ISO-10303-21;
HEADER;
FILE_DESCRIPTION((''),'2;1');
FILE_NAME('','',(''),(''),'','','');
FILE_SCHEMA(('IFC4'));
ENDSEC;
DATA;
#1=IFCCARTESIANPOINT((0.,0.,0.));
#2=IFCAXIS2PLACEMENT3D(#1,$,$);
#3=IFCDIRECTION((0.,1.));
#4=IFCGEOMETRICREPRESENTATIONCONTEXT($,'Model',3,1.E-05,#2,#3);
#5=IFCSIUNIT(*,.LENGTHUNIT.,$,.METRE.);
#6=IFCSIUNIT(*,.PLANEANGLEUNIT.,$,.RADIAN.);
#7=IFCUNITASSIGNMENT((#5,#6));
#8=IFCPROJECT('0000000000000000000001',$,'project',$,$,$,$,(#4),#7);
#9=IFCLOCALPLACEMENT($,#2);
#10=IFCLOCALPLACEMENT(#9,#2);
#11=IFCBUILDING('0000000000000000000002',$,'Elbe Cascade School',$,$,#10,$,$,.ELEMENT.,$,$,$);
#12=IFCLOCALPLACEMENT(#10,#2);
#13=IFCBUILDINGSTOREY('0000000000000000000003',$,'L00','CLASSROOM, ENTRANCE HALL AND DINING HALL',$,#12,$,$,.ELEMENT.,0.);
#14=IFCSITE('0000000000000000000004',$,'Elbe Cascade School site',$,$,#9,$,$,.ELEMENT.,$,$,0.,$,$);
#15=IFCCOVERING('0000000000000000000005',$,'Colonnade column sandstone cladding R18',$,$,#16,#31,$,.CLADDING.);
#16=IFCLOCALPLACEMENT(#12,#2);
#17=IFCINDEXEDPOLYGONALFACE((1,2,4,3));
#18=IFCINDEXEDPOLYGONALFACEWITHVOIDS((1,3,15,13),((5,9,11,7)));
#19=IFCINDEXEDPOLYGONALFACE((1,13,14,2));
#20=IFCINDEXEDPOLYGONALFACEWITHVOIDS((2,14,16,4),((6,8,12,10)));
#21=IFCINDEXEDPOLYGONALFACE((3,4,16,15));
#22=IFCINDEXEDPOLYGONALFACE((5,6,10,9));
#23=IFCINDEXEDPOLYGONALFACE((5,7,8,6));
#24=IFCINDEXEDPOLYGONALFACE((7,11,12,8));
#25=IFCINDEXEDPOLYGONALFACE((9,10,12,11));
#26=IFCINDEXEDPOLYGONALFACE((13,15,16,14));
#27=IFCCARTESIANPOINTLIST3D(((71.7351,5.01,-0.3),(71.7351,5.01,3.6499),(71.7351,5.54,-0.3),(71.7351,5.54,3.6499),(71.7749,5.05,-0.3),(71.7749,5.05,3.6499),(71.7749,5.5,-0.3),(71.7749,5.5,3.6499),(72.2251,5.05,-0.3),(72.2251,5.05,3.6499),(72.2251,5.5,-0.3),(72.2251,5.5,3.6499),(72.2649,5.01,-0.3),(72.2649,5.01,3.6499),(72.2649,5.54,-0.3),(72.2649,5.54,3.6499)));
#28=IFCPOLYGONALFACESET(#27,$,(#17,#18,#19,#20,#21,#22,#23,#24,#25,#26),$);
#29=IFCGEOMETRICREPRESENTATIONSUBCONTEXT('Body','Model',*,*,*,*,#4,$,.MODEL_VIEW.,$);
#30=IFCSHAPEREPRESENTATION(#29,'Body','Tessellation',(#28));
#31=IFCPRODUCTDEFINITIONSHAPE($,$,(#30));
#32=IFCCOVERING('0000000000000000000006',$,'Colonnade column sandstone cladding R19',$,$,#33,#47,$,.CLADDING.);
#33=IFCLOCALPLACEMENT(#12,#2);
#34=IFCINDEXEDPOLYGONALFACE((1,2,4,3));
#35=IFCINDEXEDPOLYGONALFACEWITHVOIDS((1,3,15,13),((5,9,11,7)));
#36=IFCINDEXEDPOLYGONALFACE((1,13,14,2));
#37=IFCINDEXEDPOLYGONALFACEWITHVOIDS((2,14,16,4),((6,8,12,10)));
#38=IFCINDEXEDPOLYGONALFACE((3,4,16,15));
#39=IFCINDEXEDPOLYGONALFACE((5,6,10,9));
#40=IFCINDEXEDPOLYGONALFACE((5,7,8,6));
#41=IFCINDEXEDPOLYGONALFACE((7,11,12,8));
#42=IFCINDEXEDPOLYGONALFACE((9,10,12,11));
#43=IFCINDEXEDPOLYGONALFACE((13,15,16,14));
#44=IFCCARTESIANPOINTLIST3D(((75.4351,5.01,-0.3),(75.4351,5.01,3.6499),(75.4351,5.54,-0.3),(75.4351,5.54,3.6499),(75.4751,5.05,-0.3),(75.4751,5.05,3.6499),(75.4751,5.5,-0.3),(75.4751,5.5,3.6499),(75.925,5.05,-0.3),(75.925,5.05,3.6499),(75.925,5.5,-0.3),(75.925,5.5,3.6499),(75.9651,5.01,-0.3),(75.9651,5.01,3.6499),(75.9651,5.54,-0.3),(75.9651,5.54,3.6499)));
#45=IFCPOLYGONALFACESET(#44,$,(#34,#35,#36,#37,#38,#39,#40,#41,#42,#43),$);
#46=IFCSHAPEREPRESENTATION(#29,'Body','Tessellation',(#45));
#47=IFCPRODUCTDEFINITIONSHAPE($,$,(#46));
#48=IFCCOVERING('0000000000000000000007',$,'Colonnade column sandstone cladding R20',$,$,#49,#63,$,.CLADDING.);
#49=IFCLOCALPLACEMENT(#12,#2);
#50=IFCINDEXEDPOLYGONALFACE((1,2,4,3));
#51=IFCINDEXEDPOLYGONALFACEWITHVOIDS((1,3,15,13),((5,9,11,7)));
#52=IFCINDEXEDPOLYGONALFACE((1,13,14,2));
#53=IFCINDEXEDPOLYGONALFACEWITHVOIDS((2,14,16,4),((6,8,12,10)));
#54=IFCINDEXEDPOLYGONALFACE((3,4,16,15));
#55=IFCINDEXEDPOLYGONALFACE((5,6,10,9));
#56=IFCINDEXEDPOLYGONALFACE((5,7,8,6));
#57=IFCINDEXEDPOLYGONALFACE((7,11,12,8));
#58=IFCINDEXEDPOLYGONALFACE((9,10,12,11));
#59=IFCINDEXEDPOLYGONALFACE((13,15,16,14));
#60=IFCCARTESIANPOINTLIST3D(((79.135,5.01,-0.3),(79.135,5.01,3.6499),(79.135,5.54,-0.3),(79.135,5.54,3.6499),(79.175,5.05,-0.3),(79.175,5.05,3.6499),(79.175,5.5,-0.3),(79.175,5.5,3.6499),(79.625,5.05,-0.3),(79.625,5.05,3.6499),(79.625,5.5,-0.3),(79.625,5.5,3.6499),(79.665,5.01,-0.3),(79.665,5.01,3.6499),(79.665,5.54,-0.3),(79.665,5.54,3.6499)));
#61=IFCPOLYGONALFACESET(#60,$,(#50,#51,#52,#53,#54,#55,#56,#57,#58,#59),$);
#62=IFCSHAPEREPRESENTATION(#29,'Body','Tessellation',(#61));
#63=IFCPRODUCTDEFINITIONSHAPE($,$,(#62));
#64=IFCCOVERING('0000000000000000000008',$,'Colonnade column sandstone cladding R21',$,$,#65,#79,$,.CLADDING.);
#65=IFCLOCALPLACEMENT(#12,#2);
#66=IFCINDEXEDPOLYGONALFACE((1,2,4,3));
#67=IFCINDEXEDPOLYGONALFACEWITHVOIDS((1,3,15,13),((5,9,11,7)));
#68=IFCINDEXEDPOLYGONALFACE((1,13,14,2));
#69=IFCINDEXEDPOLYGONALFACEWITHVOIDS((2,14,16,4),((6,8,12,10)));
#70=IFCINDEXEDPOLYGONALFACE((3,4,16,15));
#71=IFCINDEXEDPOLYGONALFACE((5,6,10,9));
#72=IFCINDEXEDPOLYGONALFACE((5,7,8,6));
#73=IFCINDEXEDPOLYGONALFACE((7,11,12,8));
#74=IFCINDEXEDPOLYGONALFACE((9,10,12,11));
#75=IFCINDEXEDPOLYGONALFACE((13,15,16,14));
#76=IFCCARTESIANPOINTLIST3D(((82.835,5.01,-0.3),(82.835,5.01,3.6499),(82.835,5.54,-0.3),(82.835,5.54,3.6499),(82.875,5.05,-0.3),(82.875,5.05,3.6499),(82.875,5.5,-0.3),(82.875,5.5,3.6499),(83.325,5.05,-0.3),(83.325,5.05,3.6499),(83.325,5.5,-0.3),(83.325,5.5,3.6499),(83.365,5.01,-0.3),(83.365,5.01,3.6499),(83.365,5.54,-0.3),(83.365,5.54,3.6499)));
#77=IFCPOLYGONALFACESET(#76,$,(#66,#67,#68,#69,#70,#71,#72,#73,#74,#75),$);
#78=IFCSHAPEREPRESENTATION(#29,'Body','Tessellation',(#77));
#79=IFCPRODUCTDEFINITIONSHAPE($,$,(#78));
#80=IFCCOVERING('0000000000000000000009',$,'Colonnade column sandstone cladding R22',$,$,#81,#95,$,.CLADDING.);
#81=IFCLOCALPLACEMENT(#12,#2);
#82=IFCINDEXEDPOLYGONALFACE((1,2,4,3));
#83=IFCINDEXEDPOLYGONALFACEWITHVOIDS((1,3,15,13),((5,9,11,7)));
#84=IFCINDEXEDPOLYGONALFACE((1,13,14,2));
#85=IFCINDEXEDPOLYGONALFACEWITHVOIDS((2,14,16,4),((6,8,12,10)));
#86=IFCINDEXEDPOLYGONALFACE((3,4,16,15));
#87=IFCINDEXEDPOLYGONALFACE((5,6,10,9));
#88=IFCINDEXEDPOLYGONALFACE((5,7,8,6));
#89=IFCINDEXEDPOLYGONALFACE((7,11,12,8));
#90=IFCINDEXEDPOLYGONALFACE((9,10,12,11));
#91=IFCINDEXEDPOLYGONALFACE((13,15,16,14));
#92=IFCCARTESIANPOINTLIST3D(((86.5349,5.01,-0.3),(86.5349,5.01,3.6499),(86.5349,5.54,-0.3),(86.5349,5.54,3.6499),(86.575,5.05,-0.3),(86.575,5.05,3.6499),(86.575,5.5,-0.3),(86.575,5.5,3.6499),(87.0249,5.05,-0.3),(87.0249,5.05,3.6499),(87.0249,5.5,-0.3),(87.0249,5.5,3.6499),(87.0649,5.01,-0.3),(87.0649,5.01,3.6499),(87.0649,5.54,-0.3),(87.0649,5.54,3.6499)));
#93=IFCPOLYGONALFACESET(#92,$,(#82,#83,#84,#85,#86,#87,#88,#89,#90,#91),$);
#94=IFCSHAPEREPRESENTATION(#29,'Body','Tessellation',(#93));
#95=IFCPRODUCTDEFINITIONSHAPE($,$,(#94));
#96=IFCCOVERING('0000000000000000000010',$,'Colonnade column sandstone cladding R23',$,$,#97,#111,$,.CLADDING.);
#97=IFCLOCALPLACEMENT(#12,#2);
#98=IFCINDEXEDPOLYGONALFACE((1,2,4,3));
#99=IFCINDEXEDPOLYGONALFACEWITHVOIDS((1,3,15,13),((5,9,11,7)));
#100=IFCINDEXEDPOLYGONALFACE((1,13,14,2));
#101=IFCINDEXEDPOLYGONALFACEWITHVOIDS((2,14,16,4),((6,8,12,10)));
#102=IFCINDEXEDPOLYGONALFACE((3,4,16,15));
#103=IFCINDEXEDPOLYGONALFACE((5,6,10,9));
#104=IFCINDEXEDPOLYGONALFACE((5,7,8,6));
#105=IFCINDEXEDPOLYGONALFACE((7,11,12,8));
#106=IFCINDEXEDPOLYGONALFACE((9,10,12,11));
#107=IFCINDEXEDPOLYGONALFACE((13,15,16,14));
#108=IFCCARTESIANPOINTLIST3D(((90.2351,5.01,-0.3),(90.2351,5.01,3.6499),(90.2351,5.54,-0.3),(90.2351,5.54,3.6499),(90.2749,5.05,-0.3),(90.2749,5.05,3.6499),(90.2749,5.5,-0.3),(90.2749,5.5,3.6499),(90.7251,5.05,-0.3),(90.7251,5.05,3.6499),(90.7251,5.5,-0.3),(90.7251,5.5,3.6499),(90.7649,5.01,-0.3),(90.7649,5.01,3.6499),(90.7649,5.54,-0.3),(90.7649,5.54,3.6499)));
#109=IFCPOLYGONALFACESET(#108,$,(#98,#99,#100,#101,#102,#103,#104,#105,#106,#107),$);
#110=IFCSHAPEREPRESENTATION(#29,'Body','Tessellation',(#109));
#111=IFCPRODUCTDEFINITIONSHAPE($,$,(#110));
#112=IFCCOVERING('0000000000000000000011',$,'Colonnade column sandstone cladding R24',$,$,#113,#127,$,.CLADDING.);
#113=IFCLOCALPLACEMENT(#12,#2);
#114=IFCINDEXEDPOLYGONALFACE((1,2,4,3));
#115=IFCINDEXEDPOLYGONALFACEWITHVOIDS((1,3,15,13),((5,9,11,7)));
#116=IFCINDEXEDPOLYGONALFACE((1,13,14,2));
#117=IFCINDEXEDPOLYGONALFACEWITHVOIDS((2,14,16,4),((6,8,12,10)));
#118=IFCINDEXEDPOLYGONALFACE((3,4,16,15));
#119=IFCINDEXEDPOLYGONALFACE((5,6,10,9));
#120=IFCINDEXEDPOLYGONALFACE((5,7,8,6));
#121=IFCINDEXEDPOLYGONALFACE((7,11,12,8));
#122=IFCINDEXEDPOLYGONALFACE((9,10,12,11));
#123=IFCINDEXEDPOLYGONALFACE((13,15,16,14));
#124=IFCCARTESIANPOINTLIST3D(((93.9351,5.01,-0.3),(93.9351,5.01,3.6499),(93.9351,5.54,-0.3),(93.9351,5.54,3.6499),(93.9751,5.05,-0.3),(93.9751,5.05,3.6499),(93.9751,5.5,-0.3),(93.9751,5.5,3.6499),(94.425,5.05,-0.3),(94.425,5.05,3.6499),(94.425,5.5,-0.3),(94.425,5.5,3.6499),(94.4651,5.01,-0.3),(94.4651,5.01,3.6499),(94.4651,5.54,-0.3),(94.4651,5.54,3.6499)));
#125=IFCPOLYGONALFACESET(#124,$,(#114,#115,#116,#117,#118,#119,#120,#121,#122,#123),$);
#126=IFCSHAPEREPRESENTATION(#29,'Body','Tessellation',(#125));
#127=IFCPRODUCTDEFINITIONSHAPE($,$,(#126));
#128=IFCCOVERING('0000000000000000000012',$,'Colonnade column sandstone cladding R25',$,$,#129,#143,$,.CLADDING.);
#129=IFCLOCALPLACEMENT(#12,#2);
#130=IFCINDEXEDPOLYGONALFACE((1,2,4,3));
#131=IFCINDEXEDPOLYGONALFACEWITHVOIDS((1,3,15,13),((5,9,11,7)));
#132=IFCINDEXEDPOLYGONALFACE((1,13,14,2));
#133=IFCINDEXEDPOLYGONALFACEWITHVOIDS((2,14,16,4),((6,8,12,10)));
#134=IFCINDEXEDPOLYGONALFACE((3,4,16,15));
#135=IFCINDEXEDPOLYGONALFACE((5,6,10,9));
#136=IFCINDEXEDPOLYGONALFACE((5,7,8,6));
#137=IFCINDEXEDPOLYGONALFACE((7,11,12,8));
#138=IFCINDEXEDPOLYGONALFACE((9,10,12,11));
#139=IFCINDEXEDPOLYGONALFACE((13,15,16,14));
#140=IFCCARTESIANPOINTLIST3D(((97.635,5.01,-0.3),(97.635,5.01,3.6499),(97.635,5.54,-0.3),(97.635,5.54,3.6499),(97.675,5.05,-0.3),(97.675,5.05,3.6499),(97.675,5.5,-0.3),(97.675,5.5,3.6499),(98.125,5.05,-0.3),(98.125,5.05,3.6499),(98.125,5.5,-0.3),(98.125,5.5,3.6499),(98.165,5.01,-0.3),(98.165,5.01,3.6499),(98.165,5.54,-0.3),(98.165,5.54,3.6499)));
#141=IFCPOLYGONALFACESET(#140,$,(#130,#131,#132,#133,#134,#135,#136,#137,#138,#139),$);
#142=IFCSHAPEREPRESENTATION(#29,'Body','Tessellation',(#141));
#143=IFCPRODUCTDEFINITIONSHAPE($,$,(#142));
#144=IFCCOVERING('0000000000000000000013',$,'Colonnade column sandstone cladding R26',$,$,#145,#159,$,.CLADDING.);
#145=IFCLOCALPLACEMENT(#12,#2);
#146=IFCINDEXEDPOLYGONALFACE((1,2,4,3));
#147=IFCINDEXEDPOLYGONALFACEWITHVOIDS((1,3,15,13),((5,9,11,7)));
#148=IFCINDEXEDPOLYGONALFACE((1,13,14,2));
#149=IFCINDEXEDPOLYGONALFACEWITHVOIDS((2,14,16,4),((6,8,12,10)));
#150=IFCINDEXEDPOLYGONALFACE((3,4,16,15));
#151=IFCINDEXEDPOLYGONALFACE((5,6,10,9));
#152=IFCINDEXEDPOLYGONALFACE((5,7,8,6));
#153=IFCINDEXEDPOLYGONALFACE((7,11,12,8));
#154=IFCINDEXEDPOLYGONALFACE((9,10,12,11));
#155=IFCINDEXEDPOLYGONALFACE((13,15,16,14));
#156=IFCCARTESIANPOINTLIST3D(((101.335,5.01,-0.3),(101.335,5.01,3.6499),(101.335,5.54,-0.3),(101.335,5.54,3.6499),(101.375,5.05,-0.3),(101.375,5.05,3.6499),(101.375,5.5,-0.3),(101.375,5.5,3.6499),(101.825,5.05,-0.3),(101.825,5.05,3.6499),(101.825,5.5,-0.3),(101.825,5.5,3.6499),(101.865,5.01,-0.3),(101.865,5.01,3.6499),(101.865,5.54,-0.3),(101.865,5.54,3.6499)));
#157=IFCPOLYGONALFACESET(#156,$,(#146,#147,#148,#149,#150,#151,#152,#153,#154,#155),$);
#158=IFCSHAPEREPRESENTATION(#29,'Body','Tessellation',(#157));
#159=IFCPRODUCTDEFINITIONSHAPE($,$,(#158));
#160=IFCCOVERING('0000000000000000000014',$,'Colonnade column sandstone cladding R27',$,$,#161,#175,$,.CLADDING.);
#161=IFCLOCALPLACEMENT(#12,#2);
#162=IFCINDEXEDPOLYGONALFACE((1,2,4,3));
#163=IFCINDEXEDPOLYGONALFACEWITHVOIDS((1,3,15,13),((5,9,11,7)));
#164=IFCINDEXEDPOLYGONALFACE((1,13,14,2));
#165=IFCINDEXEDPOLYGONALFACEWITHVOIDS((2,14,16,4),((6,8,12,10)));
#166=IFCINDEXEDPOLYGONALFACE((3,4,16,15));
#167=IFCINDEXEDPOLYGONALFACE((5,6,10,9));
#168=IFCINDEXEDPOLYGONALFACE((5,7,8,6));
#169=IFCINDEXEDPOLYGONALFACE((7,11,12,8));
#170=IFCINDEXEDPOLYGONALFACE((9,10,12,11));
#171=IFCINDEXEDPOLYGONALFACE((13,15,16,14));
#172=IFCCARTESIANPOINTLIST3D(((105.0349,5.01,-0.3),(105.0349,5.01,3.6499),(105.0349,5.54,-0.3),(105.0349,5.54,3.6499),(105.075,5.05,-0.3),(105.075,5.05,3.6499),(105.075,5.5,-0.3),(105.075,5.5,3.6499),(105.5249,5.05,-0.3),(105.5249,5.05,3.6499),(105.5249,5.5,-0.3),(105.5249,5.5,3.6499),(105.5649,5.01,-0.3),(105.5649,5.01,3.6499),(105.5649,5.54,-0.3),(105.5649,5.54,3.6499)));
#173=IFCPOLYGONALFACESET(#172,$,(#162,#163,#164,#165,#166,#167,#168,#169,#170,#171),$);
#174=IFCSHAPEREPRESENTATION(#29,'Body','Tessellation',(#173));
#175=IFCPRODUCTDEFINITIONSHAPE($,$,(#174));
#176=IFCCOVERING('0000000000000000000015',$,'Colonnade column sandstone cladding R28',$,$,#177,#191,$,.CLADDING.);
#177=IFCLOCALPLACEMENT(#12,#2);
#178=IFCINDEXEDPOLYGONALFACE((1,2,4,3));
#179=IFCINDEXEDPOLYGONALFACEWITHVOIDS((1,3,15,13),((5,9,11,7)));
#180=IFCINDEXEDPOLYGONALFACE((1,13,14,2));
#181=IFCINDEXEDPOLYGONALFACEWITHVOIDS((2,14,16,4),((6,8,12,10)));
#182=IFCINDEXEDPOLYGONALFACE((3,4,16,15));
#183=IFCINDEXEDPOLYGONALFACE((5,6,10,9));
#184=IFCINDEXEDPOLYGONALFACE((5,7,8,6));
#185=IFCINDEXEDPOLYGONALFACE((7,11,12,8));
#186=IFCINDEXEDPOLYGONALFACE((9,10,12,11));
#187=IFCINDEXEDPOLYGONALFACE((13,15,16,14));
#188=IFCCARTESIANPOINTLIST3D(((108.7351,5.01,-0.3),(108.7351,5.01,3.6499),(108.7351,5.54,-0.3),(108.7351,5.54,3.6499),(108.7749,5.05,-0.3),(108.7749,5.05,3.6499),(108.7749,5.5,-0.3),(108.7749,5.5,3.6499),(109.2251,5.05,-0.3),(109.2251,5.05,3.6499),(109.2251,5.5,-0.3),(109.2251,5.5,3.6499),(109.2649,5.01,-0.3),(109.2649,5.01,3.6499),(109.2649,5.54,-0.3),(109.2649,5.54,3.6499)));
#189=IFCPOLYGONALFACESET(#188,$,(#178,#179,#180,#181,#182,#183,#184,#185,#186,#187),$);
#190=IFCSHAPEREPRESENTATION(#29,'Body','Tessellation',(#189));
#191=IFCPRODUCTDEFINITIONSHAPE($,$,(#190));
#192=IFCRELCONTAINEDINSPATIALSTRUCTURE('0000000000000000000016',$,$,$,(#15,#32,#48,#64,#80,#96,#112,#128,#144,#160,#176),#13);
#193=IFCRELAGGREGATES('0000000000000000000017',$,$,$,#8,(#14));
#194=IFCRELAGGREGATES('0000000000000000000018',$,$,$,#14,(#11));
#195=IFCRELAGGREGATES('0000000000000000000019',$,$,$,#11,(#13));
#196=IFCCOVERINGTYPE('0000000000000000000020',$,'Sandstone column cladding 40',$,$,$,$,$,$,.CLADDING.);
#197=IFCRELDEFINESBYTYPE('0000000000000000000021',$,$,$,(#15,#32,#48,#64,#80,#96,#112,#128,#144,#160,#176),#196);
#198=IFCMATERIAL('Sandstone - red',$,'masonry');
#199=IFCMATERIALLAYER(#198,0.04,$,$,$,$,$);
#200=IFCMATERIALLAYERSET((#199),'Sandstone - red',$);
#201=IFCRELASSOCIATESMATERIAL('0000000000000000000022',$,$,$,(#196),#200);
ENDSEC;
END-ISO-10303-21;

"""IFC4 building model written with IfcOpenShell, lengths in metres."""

from ifc_helpers import new_model, si_unit, direction, frame, origin, place, context, subcontext, project, spatial, polyline, outline, extrude, material, layer, layer_set, type_object, element, save


model = new_model("IFC4")

# Units and contexts
model_context = context("Model", 3, precision=1e-05, world=origin(), true_north=direction((0.0, 1.0)))
body_context = subcontext(model_context, "Body", "Model", "MODEL_VIEW")
ifc_project = project(units=[si_unit("LENGTHUNIT", "METRE"), si_unit("PLANEANGLEUNIT", "RADIAN")], contexts=[model_context])

# Site, building, storey
site_placement = place(None, origin())
site = spatial("IfcSite", under=ifc_project, at=site_placement, Name="Elbe Cascade School site", CompositionType="ELEMENT", RefElevation=0.0)
building_placement = place(site_placement, origin())
building = spatial("IfcBuilding", under=site, at=building_placement, Name="Elbe Cascade School", CompositionType="ELEMENT")
storey_placement = place(building_placement, origin())
storey = spatial("IfcBuildingStorey", under=building, at=storey_placement, Name="L00", Description="CLASSROOM, ENTRANCE HALL AND DINING HALL", CompositionType="ELEMENT", Elevation=0.0)

# Coverings
ifc_material_1 = material(Name="Sandstone - red", Category="masonry")
ifc_layer = layer(ifc_material_1, 0.04)
ifc_layer_set = layer_set([ifc_layer], Name="Sandstone - red")
covering_type = type_object("IfcCoveringType", Name="Sandstone column cladding 40", PredefinedType="CLADDING", material=ifc_layer_set)
covering_1_placement = place(storey_placement, frame((0.0, 0.0, -0.3)))
element("IfcCovering", 1, at=covering_1_placement, inside=storey, type_object=covering_type, Name="Colonnade column sandstone cladding R18", PredefinedType="CLADDING", context=body_context, shape_type="SweptSolid", body=[
    extrude(outline(polyline([(71.7351, 5.01), (72.2649, 5.01), (72.2649, 5.54), (71.7351, 5.54), (71.7351, 5.01)]), holes=[polyline([(71.7749, 5.5), (72.2251, 5.5), (72.2251, 5.05), (71.7749, 5.05), (71.7749, 5.5)])]), origin(), (0.0, 0.0, 1.0), 3.95),
])
covering_2_placement = place(storey_placement, frame((0.0, 0.0, -0.3)))
element("IfcCovering", 2, at=covering_2_placement, inside=storey, type_object=covering_type, Name="Colonnade column sandstone cladding R19", PredefinedType="CLADDING", context=body_context, shape_type="SweptSolid", body=[
    extrude(outline(polyline([(75.4351, 5.01), (75.9651, 5.01), (75.9651, 5.54), (75.4351, 5.54), (75.4351, 5.01)]), holes=[polyline([(75.4751, 5.5), (75.925, 5.5), (75.925, 5.05), (75.4751, 5.05), (75.4751, 5.5)])]), origin(), (0.0, 0.0, 1.0), 3.95),
])
covering_3_placement = place(storey_placement, frame((0.0, 0.0, -0.3)))
element("IfcCovering", 3, at=covering_3_placement, inside=storey, type_object=covering_type, Name="Colonnade column sandstone cladding R20", PredefinedType="CLADDING", context=body_context, shape_type="SweptSolid", body=[
    extrude(outline(polyline([(79.135, 5.01), (79.665, 5.01), (79.665, 5.54), (79.135, 5.54), (79.135, 5.01)]), holes=[polyline([(79.175, 5.5), (79.625, 5.5), (79.625, 5.05), (79.175, 5.05), (79.175, 5.5)])]), origin(), (0.0, 0.0, 1.0), 3.95),
])
covering_4_placement = place(storey_placement, frame((0.0, 0.0, -0.3)))
element("IfcCovering", 4, at=covering_4_placement, inside=storey, type_object=covering_type, Name="Colonnade column sandstone cladding R21", PredefinedType="CLADDING", context=body_context, shape_type="SweptSolid", body=[
    extrude(outline(polyline([(82.835, 5.01), (83.365, 5.01), (83.365, 5.54), (82.835, 5.54), (82.835, 5.01)]), holes=[polyline([(82.875, 5.5), (83.325, 5.5), (83.325, 5.05), (82.875, 5.05), (82.875, 5.5)])]), origin(), (0.0, 0.0, 1.0), 3.95),
])
covering_5_placement = place(storey_placement, frame((0.0, 0.0, -0.3)))
element("IfcCovering", 5, at=covering_5_placement, inside=storey, type_object=covering_type, Name="Colonnade column sandstone cladding R22", PredefinedType="CLADDING", context=body_context, shape_type="SweptSolid", body=[
    extrude(outline(polyline([(86.5349, 5.01), (87.0649, 5.01), (87.0649, 5.54), (86.5349, 5.54), (86.5349, 5.01)]), holes=[polyline([(86.575, 5.5), (87.0249, 5.5), (87.0249, 5.05), (86.575, 5.05), (86.575, 5.5)])]), origin(), (0.0, 0.0, 1.0), 3.95),
])
covering_6_placement = place(storey_placement, frame((0.0, 0.0, -0.3)))
element("IfcCovering", 6, at=covering_6_placement, inside=storey, type_object=covering_type, Name="Colonnade column sandstone cladding R23", PredefinedType="CLADDING", context=body_context, shape_type="SweptSolid", body=[
    extrude(outline(polyline([(90.2351, 5.01), (90.7649, 5.01), (90.7649, 5.54), (90.2351, 5.54), (90.2351, 5.01)]), holes=[polyline([(90.2749, 5.5), (90.7251, 5.5), (90.7251, 5.05), (90.2749, 5.05), (90.2749, 5.5)])]), origin(), (0.0, 0.0, 1.0), 3.95),
])
covering_7_placement = place(storey_placement, frame((0.0, 0.0, -0.3)))
element("IfcCovering", 7, at=covering_7_placement, inside=storey, type_object=covering_type, Name="Colonnade column sandstone cladding R24", PredefinedType="CLADDING", context=body_context, shape_type="SweptSolid", body=[
    extrude(outline(polyline([(93.9351, 5.01), (94.4651, 5.01), (94.4651, 5.54), (93.9351, 5.54), (93.9351, 5.01)]), holes=[polyline([(93.9751, 5.5), (94.425, 5.5), (94.425, 5.05), (93.9751, 5.05), (93.9751, 5.5)])]), origin(), (0.0, 0.0, 1.0), 3.95),
])
covering_8_placement = place(storey_placement, frame((0.0, 0.0, -0.3)))
element("IfcCovering", 8, at=covering_8_placement, inside=storey, type_object=covering_type, Name="Colonnade column sandstone cladding R25", PredefinedType="CLADDING", context=body_context, shape_type="SweptSolid", body=[
    extrude(outline(polyline([(97.635, 5.01), (98.165, 5.01), (98.165, 5.54), (97.635, 5.54), (97.635, 5.01)]), holes=[polyline([(97.675, 5.5), (98.125, 5.5), (98.125, 5.05), (97.675, 5.05), (97.675, 5.5)])]), origin(), (0.0, 0.0, 1.0), 3.95),
])
covering_9_placement = place(storey_placement, frame((0.0, 0.0, -0.3)))
element("IfcCovering", 9, at=covering_9_placement, inside=storey, type_object=covering_type, Name="Colonnade column sandstone cladding R26", PredefinedType="CLADDING", context=body_context, shape_type="SweptSolid", body=[
    extrude(outline(polyline([(101.335, 5.01), (101.865, 5.01), (101.865, 5.54), (101.335, 5.54), (101.335, 5.01)]), holes=[polyline([(101.375, 5.5), (101.825, 5.5), (101.825, 5.05), (101.375, 5.05), (101.375, 5.5)])]), origin(), (0.0, 0.0, 1.0), 3.95),
])
covering_10_placement = place(storey_placement, frame((0.0, 0.0, -0.3)))
element("IfcCovering", 10, at=covering_10_placement, inside=storey, type_object=covering_type, Name="Colonnade column sandstone cladding R27", PredefinedType="CLADDING", context=body_context, shape_type="SweptSolid", body=[
    extrude(outline(polyline([(105.0349, 5.01), (105.5649, 5.01), (105.5649, 5.54), (105.0349, 5.54), (105.0349, 5.01)]), holes=[polyline([(105.075, 5.5), (105.5249, 5.5), (105.5249, 5.05), (105.075, 5.05), (105.075, 5.5)])]), origin(), (0.0, 0.0, 1.0), 3.95),
])
covering_11_placement = place(storey_placement, frame((0.0, 0.0, -0.3)))
element("IfcCovering", 11, at=covering_11_placement, inside=storey, type_object=covering_type, Name="Colonnade column sandstone cladding R28", PredefinedType="CLADDING", context=body_context, shape_type="SweptSolid", body=[
    extrude(outline(polyline([(108.7351, 5.01), (109.2649, 5.01), (109.2649, 5.54), (108.7351, 5.54), (108.7351, 5.01)]), holes=[polyline([(108.7749, 5.5), (109.2251, 5.5), (109.2251, 5.05), (108.7749, 5.05), (108.7749, 5.5)])]), origin(), (0.0, 0.0, 1.0), 3.95),
])

save(model, "model.ifc")
